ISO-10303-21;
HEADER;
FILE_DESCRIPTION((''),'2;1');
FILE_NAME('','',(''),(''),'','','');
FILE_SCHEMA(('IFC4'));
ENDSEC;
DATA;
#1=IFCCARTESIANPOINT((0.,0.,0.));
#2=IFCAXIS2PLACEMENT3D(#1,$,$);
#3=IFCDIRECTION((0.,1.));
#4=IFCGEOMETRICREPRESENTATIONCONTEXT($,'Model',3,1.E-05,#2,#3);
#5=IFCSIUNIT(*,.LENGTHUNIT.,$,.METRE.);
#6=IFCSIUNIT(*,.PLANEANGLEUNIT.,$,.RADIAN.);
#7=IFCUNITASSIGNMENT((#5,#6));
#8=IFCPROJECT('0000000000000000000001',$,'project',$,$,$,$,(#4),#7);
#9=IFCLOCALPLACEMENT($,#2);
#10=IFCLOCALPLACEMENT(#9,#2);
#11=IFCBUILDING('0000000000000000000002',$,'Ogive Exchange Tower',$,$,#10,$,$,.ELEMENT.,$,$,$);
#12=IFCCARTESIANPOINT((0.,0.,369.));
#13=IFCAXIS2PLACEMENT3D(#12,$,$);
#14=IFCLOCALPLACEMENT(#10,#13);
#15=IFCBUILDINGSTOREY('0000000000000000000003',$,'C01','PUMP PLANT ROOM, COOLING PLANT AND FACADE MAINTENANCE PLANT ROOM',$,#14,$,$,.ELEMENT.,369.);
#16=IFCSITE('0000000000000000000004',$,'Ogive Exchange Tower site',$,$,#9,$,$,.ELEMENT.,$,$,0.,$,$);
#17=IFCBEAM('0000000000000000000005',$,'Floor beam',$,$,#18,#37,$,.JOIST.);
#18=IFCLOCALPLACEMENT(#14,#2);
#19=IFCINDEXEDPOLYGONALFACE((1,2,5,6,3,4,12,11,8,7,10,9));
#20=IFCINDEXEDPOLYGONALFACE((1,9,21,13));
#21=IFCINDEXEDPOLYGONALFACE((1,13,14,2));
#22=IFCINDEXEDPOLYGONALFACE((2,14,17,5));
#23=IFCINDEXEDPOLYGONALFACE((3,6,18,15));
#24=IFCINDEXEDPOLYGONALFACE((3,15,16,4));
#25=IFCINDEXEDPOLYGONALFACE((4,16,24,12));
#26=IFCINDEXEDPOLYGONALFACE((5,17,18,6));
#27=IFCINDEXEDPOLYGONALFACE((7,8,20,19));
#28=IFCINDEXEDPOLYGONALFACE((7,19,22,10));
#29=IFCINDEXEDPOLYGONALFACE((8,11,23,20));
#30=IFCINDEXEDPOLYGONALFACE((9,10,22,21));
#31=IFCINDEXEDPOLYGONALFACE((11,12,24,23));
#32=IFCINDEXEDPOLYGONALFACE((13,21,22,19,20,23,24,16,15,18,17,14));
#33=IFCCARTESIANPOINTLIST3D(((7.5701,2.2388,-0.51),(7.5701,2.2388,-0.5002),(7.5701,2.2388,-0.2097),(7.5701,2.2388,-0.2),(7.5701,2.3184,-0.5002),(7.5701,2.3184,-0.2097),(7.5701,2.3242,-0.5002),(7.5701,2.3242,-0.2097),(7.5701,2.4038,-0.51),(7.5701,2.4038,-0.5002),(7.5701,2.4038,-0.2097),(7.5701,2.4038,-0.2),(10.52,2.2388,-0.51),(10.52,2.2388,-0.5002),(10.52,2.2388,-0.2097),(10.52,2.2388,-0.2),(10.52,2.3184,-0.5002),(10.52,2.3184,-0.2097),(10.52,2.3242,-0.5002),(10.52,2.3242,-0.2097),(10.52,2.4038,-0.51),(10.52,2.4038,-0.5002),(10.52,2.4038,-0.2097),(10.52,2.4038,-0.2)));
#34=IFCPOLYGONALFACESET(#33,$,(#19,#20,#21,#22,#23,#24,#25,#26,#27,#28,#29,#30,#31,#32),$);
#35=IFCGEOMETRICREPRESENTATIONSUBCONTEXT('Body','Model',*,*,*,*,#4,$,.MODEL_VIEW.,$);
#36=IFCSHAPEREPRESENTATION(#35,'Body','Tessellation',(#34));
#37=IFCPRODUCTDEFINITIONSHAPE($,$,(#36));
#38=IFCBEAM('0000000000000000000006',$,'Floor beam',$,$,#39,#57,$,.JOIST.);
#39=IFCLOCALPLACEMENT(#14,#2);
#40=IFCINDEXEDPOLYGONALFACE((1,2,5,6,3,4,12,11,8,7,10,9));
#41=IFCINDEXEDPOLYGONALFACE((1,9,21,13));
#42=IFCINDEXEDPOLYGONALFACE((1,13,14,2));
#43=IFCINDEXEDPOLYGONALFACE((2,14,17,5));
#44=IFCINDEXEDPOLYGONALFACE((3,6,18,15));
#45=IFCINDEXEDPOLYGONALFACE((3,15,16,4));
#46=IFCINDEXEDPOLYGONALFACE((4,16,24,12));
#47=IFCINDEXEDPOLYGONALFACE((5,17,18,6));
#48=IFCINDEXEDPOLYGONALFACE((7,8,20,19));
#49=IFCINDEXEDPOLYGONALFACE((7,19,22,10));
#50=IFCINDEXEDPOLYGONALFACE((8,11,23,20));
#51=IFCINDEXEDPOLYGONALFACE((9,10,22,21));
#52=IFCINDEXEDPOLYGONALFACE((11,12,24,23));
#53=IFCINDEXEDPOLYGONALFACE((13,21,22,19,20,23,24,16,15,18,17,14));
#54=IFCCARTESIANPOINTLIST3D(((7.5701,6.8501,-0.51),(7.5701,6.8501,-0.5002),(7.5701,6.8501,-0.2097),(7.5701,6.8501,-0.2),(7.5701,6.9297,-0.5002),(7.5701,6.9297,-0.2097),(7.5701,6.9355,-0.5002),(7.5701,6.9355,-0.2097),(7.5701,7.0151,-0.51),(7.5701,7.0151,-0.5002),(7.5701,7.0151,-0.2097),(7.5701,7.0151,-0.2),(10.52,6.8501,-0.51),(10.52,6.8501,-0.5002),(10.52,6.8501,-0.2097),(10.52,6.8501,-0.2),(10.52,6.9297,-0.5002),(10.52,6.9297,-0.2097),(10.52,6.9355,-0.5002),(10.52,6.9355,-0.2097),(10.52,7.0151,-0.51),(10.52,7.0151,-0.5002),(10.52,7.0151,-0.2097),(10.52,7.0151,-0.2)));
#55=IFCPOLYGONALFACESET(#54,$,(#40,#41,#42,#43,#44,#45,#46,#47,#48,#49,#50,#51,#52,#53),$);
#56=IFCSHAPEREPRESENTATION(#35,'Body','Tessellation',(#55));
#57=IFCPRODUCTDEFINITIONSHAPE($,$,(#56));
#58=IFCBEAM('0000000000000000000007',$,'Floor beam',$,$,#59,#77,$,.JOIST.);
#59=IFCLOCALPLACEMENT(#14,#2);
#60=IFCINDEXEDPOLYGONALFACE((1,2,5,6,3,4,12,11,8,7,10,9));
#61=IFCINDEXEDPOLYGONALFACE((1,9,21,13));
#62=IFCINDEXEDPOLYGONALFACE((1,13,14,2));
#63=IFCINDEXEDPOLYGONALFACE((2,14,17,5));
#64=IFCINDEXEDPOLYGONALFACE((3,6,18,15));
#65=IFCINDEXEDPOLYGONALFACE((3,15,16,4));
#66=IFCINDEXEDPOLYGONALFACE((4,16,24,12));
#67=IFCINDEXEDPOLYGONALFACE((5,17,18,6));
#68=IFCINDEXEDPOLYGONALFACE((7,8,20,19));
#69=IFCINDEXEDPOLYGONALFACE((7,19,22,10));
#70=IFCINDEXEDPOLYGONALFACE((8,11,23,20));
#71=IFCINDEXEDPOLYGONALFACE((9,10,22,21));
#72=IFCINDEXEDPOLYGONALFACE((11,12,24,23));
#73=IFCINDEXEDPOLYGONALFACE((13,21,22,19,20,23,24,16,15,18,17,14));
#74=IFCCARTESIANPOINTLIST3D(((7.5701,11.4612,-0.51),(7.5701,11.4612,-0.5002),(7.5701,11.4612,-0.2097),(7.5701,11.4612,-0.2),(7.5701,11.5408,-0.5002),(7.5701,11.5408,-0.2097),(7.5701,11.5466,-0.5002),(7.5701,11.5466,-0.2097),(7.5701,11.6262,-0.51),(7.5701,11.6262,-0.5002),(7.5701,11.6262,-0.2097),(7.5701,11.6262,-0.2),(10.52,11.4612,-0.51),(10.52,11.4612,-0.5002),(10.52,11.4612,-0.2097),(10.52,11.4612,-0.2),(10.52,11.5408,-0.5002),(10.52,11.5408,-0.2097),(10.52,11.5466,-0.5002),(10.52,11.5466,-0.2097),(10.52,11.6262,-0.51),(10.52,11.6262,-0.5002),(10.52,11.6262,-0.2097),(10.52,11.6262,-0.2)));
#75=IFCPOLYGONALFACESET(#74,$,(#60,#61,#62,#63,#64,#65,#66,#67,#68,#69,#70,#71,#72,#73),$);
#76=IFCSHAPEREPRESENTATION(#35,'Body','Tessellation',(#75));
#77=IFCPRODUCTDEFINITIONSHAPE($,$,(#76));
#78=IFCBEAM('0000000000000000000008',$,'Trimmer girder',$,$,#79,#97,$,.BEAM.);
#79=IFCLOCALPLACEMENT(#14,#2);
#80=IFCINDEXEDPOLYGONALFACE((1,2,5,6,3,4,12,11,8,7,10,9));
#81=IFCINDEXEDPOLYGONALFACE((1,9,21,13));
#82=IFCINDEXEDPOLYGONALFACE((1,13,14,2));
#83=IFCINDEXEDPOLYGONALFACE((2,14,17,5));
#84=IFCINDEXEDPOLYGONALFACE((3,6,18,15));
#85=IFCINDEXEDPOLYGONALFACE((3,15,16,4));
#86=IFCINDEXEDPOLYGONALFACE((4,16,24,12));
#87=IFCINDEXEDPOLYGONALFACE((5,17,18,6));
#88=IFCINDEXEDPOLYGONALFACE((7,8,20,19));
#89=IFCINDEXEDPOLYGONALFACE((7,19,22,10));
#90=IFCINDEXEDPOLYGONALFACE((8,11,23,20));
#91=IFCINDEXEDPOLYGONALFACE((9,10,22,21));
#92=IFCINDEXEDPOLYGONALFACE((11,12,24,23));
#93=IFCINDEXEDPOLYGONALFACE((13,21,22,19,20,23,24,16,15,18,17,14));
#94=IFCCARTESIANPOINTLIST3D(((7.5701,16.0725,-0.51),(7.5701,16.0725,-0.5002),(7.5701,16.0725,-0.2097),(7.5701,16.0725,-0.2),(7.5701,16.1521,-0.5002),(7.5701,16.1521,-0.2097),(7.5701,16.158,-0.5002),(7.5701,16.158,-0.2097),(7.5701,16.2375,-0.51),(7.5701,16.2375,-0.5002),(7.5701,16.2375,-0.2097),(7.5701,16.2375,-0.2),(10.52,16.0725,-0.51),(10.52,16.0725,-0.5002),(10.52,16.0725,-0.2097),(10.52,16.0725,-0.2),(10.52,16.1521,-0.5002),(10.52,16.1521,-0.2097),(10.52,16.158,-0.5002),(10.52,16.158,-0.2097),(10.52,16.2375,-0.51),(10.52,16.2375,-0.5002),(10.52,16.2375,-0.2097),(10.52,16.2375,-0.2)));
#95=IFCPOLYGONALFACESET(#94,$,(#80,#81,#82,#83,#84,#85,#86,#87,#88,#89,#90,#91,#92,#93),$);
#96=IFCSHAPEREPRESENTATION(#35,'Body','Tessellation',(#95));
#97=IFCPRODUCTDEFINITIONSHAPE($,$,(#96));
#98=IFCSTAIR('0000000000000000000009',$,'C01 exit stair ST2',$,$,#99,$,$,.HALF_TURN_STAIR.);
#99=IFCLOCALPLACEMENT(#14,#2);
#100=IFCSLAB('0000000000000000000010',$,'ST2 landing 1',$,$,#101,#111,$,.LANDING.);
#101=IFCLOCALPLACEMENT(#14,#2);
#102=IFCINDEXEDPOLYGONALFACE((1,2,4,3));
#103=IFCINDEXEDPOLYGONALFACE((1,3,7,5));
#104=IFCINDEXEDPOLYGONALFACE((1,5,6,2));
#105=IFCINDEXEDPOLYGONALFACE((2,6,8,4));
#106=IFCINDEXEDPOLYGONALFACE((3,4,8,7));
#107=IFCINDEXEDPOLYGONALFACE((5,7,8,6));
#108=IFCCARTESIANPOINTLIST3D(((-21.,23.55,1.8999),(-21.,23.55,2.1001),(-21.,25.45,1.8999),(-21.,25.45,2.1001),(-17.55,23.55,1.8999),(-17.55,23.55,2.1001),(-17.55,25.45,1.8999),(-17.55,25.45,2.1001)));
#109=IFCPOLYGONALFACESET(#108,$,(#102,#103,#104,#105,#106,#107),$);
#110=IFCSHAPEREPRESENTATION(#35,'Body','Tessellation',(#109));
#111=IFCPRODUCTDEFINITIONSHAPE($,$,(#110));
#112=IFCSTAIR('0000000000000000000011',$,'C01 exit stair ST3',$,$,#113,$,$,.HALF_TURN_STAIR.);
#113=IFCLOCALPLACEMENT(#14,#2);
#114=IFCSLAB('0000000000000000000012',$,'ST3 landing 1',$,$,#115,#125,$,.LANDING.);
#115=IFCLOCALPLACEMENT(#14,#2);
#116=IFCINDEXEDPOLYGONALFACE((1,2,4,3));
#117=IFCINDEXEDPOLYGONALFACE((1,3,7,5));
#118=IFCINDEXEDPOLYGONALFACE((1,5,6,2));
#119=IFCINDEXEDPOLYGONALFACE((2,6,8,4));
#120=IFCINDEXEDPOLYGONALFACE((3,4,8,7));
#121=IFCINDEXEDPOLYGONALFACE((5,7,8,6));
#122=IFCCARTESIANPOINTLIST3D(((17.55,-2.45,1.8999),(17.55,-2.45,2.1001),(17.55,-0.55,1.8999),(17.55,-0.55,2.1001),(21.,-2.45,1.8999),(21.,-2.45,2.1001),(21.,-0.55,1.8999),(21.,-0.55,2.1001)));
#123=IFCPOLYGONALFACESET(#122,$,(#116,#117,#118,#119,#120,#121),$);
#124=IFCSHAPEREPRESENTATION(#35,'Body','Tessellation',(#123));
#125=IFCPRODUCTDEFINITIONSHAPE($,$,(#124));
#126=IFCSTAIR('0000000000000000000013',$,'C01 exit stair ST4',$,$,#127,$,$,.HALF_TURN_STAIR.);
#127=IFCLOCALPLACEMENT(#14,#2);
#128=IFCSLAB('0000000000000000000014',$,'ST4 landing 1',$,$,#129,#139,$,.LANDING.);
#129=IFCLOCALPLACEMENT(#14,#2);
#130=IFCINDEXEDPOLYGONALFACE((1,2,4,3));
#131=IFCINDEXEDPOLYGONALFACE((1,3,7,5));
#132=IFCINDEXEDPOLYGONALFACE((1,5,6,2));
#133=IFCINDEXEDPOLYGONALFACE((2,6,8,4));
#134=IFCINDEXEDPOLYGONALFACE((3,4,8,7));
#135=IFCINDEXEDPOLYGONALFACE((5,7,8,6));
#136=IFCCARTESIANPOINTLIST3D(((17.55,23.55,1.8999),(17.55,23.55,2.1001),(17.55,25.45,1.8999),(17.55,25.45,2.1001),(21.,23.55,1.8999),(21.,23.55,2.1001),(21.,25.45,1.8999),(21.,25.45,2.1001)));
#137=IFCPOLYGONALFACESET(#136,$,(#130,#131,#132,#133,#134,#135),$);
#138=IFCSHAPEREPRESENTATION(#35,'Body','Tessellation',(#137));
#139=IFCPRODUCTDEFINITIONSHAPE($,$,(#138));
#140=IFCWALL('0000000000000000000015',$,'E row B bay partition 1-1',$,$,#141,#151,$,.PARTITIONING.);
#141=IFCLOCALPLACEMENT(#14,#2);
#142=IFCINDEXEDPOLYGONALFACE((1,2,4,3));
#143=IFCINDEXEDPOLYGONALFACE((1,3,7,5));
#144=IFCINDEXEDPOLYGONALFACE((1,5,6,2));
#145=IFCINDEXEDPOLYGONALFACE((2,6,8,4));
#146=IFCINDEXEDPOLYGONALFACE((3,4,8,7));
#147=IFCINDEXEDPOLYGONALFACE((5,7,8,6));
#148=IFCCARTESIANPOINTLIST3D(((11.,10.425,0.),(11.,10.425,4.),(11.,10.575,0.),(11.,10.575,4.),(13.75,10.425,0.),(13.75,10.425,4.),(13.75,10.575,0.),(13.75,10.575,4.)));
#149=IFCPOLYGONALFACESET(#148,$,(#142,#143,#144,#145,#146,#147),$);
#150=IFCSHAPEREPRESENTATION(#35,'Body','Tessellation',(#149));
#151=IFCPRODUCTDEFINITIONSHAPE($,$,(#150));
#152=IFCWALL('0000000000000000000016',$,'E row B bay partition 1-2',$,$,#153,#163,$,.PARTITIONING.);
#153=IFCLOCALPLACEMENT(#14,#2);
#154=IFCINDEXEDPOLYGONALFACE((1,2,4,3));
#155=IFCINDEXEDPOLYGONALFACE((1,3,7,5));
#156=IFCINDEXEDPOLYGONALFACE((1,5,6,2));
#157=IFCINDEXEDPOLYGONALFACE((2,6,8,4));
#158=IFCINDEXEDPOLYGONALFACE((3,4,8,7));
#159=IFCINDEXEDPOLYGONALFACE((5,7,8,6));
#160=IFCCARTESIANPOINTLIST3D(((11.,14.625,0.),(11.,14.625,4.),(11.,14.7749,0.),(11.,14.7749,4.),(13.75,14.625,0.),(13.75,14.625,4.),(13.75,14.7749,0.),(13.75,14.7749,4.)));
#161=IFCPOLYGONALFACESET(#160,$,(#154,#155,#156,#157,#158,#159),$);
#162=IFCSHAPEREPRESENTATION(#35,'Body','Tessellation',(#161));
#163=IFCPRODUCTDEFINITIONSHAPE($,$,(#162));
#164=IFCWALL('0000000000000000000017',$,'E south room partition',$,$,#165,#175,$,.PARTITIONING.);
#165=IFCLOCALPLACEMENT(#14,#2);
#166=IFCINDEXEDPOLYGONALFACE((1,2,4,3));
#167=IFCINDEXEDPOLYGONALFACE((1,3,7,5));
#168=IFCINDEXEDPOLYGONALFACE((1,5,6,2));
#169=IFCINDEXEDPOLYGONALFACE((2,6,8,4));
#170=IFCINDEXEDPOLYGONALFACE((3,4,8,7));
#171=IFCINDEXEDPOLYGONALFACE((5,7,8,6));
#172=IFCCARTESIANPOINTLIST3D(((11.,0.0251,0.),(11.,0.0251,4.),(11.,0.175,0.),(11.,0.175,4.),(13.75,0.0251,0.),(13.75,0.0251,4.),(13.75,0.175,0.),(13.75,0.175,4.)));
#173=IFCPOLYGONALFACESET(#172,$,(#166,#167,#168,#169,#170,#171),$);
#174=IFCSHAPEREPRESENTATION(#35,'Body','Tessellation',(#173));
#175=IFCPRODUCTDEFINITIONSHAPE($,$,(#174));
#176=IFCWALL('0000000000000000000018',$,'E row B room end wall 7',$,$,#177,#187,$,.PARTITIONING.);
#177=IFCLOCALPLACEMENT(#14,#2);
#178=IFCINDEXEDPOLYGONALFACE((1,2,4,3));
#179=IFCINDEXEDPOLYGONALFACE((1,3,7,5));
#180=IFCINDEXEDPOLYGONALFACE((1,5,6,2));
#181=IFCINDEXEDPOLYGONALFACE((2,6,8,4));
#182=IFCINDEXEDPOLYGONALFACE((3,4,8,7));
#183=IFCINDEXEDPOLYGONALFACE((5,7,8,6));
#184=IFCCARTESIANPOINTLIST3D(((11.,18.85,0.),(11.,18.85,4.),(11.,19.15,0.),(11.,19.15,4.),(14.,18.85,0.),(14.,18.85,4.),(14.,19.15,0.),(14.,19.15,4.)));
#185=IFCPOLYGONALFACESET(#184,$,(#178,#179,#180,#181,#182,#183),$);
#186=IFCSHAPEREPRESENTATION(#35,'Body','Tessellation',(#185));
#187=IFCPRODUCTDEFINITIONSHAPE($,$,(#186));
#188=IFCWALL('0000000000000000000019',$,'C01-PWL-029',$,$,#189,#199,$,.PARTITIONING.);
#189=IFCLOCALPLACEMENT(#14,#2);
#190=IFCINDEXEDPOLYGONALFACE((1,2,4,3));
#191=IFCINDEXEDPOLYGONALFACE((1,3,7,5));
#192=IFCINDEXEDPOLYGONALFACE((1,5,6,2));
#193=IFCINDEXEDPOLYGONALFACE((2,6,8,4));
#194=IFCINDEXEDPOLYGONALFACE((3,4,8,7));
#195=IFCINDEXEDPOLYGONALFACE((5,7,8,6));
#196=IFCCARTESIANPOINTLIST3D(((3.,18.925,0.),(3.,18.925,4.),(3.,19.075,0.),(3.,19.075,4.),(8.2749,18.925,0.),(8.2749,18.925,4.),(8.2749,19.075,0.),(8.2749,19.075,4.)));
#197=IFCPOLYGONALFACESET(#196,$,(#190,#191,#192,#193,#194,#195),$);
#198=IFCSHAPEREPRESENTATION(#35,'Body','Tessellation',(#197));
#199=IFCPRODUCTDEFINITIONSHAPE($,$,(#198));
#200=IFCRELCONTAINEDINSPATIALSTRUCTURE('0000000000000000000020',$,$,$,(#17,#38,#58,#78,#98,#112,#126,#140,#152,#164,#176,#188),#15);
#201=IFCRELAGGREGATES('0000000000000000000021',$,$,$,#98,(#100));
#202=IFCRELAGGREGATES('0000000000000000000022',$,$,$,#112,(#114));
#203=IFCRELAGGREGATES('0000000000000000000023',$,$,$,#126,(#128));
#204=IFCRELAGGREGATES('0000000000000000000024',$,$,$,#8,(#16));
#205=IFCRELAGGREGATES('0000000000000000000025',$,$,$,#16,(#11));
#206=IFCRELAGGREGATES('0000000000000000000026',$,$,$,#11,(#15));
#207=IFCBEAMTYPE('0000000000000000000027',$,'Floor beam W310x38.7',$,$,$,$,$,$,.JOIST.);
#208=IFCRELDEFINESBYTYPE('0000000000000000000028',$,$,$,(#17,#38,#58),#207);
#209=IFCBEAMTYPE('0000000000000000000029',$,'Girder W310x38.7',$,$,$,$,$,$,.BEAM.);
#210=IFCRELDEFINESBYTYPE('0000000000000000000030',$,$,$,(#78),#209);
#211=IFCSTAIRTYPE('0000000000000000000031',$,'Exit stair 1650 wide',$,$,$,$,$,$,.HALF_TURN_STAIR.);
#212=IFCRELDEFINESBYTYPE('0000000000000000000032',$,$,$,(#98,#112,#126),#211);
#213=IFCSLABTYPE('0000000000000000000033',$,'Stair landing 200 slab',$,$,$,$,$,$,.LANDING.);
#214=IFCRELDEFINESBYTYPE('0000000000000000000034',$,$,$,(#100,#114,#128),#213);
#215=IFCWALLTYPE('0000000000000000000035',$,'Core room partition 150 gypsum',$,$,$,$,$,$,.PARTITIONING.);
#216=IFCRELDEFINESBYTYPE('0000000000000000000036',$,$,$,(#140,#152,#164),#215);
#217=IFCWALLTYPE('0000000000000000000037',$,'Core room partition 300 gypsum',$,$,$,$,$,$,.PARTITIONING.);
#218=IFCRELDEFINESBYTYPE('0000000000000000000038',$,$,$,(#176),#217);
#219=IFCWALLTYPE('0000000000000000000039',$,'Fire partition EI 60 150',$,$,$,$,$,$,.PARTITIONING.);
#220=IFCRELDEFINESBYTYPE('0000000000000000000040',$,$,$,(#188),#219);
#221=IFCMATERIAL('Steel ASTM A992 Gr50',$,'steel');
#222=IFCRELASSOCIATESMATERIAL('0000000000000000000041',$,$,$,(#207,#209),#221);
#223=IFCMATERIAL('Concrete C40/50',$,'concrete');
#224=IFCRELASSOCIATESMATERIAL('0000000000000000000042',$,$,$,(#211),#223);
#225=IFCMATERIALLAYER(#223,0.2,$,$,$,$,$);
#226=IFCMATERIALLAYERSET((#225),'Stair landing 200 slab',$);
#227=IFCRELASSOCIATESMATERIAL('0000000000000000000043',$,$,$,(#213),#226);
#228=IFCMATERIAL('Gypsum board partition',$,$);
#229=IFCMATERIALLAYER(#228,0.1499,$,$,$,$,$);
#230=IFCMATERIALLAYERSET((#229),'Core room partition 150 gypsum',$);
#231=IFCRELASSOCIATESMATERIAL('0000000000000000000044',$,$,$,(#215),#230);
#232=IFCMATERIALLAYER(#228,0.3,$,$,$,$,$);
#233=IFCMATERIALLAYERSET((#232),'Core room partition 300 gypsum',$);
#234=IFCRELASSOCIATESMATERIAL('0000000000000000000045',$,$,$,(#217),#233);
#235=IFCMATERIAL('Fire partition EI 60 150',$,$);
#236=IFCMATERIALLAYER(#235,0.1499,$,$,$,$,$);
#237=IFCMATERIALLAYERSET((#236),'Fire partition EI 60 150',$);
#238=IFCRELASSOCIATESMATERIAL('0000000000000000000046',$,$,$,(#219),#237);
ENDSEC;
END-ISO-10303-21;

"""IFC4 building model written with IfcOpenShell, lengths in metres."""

from ifc_helpers import new_model, si_unit, direction, frame, frame_2d, origin, origin_2d, place, context, subcontext, project, spatial, polyline, rectangle, i_section, outline, extrude, material, layer, layer_set, material_profile, profile_set, type_object, element, aggregate, save


model = new_model("IFC4")

# Units and contexts
model_context = context("Model", 3, precision=1e-05, world=origin(), true_north=direction((0.0, 1.0)))
body_context = subcontext(model_context, "Body", "Model", "MODEL_VIEW")
ifc_project = project(units=[si_unit("LENGTHUNIT", "METRE"), si_unit("PLANEANGLEUNIT", "RADIAN")], contexts=[model_context])

# Site, building, storey
site_placement = place(None, origin())
site = spatial("IfcSite", under=ifc_project, at=site_placement, Name="Ogive Exchange Tower site", CompositionType="ELEMENT", RefElevation=0.0)
building_placement = place(site_placement, origin())
building = spatial("IfcBuilding", under=site, at=building_placement, Name="Ogive Exchange Tower", CompositionType="ELEMENT")
storey_placement = place(building_placement, frame((0.0, 0.0, 369.0)))
storey = spatial("IfcBuildingStorey", under=building, at=storey_placement, Name="C01", Description="PUMP PLANT ROOM, COOLING PLANT AND FACADE MAINTENANCE PLANT ROOM", CompositionType="ELEMENT", Elevation=369.0)

# Beams
ifc_material_1 = material(Name="Steel ASTM A992 Gr50", Category="steel")
ifc_material_profile_1 = material_profile(ifc_material_1, i_section(OverallWidth=0.165, OverallDepth=0.3101, WebThickness=0.0059, FlangeThickness=0.0098, at=origin_2d()), Name="W310x38.7")
ifc_profile_set_1 = profile_set([ifc_material_profile_1], Name="Steel ASTM A992 Gr50")
beam_type_1 = type_object("IfcBeamType", Name="Floor beam W310x38.7", PredefinedType="JOIST", material=ifc_profile_set_1)
for number, where, z_axis, x_axis, name in (
    (1, (7.5701, 2.3213, -0.355), (1.0, 0.0, 0.0), (0.0, 1.0, 0.0), "Floor beam"),
    (2, (7.5701, 6.9326, -0.355), (1.0, 0.0, 0.0), (0.0, 1.0, 0.0), "Floor beam"),
    (3, (7.5701, 11.5437, -0.355), (1.0, 0.0, 0.0), (0.0, 1.0, 0.0), "Floor beam"),
):
    element("IfcBeam", number, at=place(storey_placement, frame(where, z_axis=z_axis, x_axis=x_axis)), inside=storey, type_object=beam_type_1, Name=name, PredefinedType="JOIST", context=body_context, shape_type="SweptSolid", body=[
        extrude(i_section(OverallWidth=0.165, OverallDepth=0.3101, WebThickness=0.0059, FlangeThickness=0.0098, at=origin_2d()), origin(), (0.0, 0.0, 1.0), 2.95),
    ])
ifc_material_profile_2 = material_profile(ifc_material_1, i_section(OverallWidth=0.165, OverallDepth=0.3101, WebThickness=0.0059, FlangeThickness=0.0098, at=origin_2d()), Name="W310x38.7")
ifc_profile_set_2 = profile_set([ifc_material_profile_2], Name="Steel ASTM A992 Gr50")
beam_type_2 = type_object("IfcBeamType", Name="Girder W310x38.7", PredefinedType="BEAM", material=ifc_profile_set_2)
beam_placement = place(storey_placement, frame((7.5701, 16.155, -0.355), z_axis=(1.0, 0.0, 0.0), x_axis=(0.0, 1.0, 0.0)))
element("IfcBeam", 4, at=beam_placement, inside=storey, type_object=beam_type_2, Name="Trimmer girder", PredefinedType="BEAM", context=body_context, shape_type="SweptSolid", body=[
    extrude(i_section(OverallWidth=0.165, OverallDepth=0.3101, WebThickness=0.0059, FlangeThickness=0.0098, at=origin_2d()), origin(), (0.0, 0.0, 1.0), 2.95),
])

# Stairs, slabs
ifc_material_2 = material(Name="Concrete C40/50", Category="concrete")
stair_type = type_object("IfcStairType", Name="Exit stair 1650 wide", PredefinedType="HALF_TURN_STAIR", material=ifc_material_2)
stair_1_placement = place(storey_placement, origin())
stair_1 = element("IfcStair", 5, at=stair_1_placement, inside=storey, type_object=stair_type, Name="C01 exit stair ST2", PredefinedType="HALF_TURN_STAIR")
ifc_layer_1 = layer(ifc_material_2, 0.2)
ifc_layer_set_1 = layer_set([ifc_layer_1], Name="Stair landing 200 slab")
slab_type = type_object("IfcSlabType", Name="Stair landing 200 slab", PredefinedType="LANDING", material=ifc_layer_set_1)
slab_1_placement = place(storey_placement, frame((0.0, 0.0, 1.8999)))
slab_1 = element("IfcSlab", 6, at=slab_1_placement, type_object=slab_type, Name="ST2 landing 1", PredefinedType="LANDING", context=body_context, shape_type="SweptSolid", body=[
    extrude(outline(polyline([(-17.55, 23.55), (-17.55, 25.45), (-21.0, 25.45), (-21.0, 23.55), (-17.55, 23.55)])), origin(), (0.0, 0.0, 1.0), 0.2002),
])
aggregate(stair_1, [slab_1])
stair_2_placement = place(storey_placement, origin())
stair_2 = element("IfcStair", 7, at=stair_2_placement, inside=storey, type_object=stair_type, Name="C01 exit stair ST3", PredefinedType="HALF_TURN_STAIR")
slab_2_placement = place(storey_placement, frame((0.0, 0.0, 1.8999)))
slab_2 = element("IfcSlab", 8, at=slab_2_placement, type_object=slab_type, Name="ST3 landing 1", PredefinedType="LANDING", context=body_context, shape_type="SweptSolid", body=[
    extrude(outline(polyline([(17.55, -0.55), (17.55, -2.45), (21.0, -2.45), (21.0, -0.55), (17.55, -0.55)])), origin(), (0.0, 0.0, 1.0), 0.2002),
])
aggregate(stair_2, [slab_2])
stair_3_placement = place(storey_placement, origin())
stair_3 = element("IfcStair", 9, at=stair_3_placement, inside=storey, type_object=stair_type, Name="C01 exit stair ST4", PredefinedType="HALF_TURN_STAIR")
slab_3_placement = place(storey_placement, frame((0.0, 0.0, 1.8999)))
slab_3 = element("IfcSlab", 10, at=slab_3_placement, type_object=slab_type, Name="ST4 landing 1", PredefinedType="LANDING", context=body_context, shape_type="SweptSolid", body=[
    extrude(outline(polyline([(21.0, 23.55), (21.0, 25.45), (17.55, 25.45), (17.55, 23.55), (21.0, 23.55)])), origin(), (0.0, 0.0, 1.0), 0.2002),
])
aggregate(stair_3, [slab_3])

# Walls
ifc_material_3 = material(Name="Gypsum board partition")
ifc_layer_2 = layer(ifc_material_3, 0.1499)
ifc_layer_set_2 = layer_set([ifc_layer_2], Name="Core room partition 150 gypsum")
wall_type_1 = type_object("IfcWallType", Name="Core room partition 150 gypsum", PredefinedType="PARTITIONING", material=ifc_layer_set_2)
for number, where, z_axis, x_axis, name in (
    (11, (11.0, 10.5, 0.0), (0.0, 0.0, 1.0), (1.0, 0.0, 0.0), "E row B bay partition 1-1"),
    (12, (11.0, 14.7, 0.0), (0.0, 0.0, 1.0), (1.0, 0.0, 0.0), "E row B bay partition 1-2"),
    (13, (11.0, 0.1001, 0.0), (0.0, 0.0, 1.0), (1.0, 0.0, 0.0), "E south room partition"),
):
    element("IfcWall", number, at=place(storey_placement, frame(where, z_axis=z_axis, x_axis=x_axis)), inside=storey, type_object=wall_type_1, Name=name, PredefinedType="PARTITIONING", context=body_context, shape_type="SweptSolid", body=[
        extrude(rectangle(XDim=2.75, YDim=0.1499, at=frame_2d((1.375, 0.0))), origin(), (0.0, 0.0, 1.0), 4.0),
    ])
ifc_layer_3 = layer(ifc_material_3, 0.3)
ifc_layer_set_3 = layer_set([ifc_layer_3], Name="Core room partition 300 gypsum")
wall_type_2 = type_object("IfcWallType", Name="Core room partition 300 gypsum", PredefinedType="PARTITIONING", material=ifc_layer_set_3)
wall_1_placement = place(storey_placement, frame((11.0, 19.0, 0.0), z_axis=(0.0, 0.0, 1.0), x_axis=(1.0, 0.0, 0.0)))
element("IfcWall", 14, at=wall_1_placement, inside=storey, type_object=wall_type_2, Name="E row B room end wall 7", PredefinedType="PARTITIONING", context=body_context, shape_type="SweptSolid", body=[
    extrude(rectangle(XDim=3.0, YDim=0.3, at=frame_2d((1.5, 0.0))), origin(), (0.0, 0.0, 1.0), 4.0),
])
ifc_material_4 = material(Name="Fire partition EI 60 150")
ifc_layer_4 = layer(ifc_material_4, 0.1499)
ifc_layer_set_4 = layer_set([ifc_layer_4], Name="Fire partition EI 60 150")
wall_type_3 = type_object("IfcWallType", Name="Fire partition EI 60 150", PredefinedType="PARTITIONING", material=ifc_layer_set_4)
wall_2_placement = place(storey_placement, frame((3.0, 19.0, 0.0), z_axis=(0.0, 0.0, 1.0), x_axis=(1.0, 0.0, 0.0)))
element("IfcWall", 15, at=wall_2_placement, inside=storey, type_object=wall_type_3, Name="C01-PWL-029", PredefinedType="PARTITIONING", context=body_context, shape_type="SweptSolid", body=[
    extrude(rectangle(XDim=5.2749, YDim=0.1499, at=frame_2d((2.6375, 0.0))), origin(), (0.0, 0.0, 1.0), 4.0),
])

save(model, "model.ifc")
